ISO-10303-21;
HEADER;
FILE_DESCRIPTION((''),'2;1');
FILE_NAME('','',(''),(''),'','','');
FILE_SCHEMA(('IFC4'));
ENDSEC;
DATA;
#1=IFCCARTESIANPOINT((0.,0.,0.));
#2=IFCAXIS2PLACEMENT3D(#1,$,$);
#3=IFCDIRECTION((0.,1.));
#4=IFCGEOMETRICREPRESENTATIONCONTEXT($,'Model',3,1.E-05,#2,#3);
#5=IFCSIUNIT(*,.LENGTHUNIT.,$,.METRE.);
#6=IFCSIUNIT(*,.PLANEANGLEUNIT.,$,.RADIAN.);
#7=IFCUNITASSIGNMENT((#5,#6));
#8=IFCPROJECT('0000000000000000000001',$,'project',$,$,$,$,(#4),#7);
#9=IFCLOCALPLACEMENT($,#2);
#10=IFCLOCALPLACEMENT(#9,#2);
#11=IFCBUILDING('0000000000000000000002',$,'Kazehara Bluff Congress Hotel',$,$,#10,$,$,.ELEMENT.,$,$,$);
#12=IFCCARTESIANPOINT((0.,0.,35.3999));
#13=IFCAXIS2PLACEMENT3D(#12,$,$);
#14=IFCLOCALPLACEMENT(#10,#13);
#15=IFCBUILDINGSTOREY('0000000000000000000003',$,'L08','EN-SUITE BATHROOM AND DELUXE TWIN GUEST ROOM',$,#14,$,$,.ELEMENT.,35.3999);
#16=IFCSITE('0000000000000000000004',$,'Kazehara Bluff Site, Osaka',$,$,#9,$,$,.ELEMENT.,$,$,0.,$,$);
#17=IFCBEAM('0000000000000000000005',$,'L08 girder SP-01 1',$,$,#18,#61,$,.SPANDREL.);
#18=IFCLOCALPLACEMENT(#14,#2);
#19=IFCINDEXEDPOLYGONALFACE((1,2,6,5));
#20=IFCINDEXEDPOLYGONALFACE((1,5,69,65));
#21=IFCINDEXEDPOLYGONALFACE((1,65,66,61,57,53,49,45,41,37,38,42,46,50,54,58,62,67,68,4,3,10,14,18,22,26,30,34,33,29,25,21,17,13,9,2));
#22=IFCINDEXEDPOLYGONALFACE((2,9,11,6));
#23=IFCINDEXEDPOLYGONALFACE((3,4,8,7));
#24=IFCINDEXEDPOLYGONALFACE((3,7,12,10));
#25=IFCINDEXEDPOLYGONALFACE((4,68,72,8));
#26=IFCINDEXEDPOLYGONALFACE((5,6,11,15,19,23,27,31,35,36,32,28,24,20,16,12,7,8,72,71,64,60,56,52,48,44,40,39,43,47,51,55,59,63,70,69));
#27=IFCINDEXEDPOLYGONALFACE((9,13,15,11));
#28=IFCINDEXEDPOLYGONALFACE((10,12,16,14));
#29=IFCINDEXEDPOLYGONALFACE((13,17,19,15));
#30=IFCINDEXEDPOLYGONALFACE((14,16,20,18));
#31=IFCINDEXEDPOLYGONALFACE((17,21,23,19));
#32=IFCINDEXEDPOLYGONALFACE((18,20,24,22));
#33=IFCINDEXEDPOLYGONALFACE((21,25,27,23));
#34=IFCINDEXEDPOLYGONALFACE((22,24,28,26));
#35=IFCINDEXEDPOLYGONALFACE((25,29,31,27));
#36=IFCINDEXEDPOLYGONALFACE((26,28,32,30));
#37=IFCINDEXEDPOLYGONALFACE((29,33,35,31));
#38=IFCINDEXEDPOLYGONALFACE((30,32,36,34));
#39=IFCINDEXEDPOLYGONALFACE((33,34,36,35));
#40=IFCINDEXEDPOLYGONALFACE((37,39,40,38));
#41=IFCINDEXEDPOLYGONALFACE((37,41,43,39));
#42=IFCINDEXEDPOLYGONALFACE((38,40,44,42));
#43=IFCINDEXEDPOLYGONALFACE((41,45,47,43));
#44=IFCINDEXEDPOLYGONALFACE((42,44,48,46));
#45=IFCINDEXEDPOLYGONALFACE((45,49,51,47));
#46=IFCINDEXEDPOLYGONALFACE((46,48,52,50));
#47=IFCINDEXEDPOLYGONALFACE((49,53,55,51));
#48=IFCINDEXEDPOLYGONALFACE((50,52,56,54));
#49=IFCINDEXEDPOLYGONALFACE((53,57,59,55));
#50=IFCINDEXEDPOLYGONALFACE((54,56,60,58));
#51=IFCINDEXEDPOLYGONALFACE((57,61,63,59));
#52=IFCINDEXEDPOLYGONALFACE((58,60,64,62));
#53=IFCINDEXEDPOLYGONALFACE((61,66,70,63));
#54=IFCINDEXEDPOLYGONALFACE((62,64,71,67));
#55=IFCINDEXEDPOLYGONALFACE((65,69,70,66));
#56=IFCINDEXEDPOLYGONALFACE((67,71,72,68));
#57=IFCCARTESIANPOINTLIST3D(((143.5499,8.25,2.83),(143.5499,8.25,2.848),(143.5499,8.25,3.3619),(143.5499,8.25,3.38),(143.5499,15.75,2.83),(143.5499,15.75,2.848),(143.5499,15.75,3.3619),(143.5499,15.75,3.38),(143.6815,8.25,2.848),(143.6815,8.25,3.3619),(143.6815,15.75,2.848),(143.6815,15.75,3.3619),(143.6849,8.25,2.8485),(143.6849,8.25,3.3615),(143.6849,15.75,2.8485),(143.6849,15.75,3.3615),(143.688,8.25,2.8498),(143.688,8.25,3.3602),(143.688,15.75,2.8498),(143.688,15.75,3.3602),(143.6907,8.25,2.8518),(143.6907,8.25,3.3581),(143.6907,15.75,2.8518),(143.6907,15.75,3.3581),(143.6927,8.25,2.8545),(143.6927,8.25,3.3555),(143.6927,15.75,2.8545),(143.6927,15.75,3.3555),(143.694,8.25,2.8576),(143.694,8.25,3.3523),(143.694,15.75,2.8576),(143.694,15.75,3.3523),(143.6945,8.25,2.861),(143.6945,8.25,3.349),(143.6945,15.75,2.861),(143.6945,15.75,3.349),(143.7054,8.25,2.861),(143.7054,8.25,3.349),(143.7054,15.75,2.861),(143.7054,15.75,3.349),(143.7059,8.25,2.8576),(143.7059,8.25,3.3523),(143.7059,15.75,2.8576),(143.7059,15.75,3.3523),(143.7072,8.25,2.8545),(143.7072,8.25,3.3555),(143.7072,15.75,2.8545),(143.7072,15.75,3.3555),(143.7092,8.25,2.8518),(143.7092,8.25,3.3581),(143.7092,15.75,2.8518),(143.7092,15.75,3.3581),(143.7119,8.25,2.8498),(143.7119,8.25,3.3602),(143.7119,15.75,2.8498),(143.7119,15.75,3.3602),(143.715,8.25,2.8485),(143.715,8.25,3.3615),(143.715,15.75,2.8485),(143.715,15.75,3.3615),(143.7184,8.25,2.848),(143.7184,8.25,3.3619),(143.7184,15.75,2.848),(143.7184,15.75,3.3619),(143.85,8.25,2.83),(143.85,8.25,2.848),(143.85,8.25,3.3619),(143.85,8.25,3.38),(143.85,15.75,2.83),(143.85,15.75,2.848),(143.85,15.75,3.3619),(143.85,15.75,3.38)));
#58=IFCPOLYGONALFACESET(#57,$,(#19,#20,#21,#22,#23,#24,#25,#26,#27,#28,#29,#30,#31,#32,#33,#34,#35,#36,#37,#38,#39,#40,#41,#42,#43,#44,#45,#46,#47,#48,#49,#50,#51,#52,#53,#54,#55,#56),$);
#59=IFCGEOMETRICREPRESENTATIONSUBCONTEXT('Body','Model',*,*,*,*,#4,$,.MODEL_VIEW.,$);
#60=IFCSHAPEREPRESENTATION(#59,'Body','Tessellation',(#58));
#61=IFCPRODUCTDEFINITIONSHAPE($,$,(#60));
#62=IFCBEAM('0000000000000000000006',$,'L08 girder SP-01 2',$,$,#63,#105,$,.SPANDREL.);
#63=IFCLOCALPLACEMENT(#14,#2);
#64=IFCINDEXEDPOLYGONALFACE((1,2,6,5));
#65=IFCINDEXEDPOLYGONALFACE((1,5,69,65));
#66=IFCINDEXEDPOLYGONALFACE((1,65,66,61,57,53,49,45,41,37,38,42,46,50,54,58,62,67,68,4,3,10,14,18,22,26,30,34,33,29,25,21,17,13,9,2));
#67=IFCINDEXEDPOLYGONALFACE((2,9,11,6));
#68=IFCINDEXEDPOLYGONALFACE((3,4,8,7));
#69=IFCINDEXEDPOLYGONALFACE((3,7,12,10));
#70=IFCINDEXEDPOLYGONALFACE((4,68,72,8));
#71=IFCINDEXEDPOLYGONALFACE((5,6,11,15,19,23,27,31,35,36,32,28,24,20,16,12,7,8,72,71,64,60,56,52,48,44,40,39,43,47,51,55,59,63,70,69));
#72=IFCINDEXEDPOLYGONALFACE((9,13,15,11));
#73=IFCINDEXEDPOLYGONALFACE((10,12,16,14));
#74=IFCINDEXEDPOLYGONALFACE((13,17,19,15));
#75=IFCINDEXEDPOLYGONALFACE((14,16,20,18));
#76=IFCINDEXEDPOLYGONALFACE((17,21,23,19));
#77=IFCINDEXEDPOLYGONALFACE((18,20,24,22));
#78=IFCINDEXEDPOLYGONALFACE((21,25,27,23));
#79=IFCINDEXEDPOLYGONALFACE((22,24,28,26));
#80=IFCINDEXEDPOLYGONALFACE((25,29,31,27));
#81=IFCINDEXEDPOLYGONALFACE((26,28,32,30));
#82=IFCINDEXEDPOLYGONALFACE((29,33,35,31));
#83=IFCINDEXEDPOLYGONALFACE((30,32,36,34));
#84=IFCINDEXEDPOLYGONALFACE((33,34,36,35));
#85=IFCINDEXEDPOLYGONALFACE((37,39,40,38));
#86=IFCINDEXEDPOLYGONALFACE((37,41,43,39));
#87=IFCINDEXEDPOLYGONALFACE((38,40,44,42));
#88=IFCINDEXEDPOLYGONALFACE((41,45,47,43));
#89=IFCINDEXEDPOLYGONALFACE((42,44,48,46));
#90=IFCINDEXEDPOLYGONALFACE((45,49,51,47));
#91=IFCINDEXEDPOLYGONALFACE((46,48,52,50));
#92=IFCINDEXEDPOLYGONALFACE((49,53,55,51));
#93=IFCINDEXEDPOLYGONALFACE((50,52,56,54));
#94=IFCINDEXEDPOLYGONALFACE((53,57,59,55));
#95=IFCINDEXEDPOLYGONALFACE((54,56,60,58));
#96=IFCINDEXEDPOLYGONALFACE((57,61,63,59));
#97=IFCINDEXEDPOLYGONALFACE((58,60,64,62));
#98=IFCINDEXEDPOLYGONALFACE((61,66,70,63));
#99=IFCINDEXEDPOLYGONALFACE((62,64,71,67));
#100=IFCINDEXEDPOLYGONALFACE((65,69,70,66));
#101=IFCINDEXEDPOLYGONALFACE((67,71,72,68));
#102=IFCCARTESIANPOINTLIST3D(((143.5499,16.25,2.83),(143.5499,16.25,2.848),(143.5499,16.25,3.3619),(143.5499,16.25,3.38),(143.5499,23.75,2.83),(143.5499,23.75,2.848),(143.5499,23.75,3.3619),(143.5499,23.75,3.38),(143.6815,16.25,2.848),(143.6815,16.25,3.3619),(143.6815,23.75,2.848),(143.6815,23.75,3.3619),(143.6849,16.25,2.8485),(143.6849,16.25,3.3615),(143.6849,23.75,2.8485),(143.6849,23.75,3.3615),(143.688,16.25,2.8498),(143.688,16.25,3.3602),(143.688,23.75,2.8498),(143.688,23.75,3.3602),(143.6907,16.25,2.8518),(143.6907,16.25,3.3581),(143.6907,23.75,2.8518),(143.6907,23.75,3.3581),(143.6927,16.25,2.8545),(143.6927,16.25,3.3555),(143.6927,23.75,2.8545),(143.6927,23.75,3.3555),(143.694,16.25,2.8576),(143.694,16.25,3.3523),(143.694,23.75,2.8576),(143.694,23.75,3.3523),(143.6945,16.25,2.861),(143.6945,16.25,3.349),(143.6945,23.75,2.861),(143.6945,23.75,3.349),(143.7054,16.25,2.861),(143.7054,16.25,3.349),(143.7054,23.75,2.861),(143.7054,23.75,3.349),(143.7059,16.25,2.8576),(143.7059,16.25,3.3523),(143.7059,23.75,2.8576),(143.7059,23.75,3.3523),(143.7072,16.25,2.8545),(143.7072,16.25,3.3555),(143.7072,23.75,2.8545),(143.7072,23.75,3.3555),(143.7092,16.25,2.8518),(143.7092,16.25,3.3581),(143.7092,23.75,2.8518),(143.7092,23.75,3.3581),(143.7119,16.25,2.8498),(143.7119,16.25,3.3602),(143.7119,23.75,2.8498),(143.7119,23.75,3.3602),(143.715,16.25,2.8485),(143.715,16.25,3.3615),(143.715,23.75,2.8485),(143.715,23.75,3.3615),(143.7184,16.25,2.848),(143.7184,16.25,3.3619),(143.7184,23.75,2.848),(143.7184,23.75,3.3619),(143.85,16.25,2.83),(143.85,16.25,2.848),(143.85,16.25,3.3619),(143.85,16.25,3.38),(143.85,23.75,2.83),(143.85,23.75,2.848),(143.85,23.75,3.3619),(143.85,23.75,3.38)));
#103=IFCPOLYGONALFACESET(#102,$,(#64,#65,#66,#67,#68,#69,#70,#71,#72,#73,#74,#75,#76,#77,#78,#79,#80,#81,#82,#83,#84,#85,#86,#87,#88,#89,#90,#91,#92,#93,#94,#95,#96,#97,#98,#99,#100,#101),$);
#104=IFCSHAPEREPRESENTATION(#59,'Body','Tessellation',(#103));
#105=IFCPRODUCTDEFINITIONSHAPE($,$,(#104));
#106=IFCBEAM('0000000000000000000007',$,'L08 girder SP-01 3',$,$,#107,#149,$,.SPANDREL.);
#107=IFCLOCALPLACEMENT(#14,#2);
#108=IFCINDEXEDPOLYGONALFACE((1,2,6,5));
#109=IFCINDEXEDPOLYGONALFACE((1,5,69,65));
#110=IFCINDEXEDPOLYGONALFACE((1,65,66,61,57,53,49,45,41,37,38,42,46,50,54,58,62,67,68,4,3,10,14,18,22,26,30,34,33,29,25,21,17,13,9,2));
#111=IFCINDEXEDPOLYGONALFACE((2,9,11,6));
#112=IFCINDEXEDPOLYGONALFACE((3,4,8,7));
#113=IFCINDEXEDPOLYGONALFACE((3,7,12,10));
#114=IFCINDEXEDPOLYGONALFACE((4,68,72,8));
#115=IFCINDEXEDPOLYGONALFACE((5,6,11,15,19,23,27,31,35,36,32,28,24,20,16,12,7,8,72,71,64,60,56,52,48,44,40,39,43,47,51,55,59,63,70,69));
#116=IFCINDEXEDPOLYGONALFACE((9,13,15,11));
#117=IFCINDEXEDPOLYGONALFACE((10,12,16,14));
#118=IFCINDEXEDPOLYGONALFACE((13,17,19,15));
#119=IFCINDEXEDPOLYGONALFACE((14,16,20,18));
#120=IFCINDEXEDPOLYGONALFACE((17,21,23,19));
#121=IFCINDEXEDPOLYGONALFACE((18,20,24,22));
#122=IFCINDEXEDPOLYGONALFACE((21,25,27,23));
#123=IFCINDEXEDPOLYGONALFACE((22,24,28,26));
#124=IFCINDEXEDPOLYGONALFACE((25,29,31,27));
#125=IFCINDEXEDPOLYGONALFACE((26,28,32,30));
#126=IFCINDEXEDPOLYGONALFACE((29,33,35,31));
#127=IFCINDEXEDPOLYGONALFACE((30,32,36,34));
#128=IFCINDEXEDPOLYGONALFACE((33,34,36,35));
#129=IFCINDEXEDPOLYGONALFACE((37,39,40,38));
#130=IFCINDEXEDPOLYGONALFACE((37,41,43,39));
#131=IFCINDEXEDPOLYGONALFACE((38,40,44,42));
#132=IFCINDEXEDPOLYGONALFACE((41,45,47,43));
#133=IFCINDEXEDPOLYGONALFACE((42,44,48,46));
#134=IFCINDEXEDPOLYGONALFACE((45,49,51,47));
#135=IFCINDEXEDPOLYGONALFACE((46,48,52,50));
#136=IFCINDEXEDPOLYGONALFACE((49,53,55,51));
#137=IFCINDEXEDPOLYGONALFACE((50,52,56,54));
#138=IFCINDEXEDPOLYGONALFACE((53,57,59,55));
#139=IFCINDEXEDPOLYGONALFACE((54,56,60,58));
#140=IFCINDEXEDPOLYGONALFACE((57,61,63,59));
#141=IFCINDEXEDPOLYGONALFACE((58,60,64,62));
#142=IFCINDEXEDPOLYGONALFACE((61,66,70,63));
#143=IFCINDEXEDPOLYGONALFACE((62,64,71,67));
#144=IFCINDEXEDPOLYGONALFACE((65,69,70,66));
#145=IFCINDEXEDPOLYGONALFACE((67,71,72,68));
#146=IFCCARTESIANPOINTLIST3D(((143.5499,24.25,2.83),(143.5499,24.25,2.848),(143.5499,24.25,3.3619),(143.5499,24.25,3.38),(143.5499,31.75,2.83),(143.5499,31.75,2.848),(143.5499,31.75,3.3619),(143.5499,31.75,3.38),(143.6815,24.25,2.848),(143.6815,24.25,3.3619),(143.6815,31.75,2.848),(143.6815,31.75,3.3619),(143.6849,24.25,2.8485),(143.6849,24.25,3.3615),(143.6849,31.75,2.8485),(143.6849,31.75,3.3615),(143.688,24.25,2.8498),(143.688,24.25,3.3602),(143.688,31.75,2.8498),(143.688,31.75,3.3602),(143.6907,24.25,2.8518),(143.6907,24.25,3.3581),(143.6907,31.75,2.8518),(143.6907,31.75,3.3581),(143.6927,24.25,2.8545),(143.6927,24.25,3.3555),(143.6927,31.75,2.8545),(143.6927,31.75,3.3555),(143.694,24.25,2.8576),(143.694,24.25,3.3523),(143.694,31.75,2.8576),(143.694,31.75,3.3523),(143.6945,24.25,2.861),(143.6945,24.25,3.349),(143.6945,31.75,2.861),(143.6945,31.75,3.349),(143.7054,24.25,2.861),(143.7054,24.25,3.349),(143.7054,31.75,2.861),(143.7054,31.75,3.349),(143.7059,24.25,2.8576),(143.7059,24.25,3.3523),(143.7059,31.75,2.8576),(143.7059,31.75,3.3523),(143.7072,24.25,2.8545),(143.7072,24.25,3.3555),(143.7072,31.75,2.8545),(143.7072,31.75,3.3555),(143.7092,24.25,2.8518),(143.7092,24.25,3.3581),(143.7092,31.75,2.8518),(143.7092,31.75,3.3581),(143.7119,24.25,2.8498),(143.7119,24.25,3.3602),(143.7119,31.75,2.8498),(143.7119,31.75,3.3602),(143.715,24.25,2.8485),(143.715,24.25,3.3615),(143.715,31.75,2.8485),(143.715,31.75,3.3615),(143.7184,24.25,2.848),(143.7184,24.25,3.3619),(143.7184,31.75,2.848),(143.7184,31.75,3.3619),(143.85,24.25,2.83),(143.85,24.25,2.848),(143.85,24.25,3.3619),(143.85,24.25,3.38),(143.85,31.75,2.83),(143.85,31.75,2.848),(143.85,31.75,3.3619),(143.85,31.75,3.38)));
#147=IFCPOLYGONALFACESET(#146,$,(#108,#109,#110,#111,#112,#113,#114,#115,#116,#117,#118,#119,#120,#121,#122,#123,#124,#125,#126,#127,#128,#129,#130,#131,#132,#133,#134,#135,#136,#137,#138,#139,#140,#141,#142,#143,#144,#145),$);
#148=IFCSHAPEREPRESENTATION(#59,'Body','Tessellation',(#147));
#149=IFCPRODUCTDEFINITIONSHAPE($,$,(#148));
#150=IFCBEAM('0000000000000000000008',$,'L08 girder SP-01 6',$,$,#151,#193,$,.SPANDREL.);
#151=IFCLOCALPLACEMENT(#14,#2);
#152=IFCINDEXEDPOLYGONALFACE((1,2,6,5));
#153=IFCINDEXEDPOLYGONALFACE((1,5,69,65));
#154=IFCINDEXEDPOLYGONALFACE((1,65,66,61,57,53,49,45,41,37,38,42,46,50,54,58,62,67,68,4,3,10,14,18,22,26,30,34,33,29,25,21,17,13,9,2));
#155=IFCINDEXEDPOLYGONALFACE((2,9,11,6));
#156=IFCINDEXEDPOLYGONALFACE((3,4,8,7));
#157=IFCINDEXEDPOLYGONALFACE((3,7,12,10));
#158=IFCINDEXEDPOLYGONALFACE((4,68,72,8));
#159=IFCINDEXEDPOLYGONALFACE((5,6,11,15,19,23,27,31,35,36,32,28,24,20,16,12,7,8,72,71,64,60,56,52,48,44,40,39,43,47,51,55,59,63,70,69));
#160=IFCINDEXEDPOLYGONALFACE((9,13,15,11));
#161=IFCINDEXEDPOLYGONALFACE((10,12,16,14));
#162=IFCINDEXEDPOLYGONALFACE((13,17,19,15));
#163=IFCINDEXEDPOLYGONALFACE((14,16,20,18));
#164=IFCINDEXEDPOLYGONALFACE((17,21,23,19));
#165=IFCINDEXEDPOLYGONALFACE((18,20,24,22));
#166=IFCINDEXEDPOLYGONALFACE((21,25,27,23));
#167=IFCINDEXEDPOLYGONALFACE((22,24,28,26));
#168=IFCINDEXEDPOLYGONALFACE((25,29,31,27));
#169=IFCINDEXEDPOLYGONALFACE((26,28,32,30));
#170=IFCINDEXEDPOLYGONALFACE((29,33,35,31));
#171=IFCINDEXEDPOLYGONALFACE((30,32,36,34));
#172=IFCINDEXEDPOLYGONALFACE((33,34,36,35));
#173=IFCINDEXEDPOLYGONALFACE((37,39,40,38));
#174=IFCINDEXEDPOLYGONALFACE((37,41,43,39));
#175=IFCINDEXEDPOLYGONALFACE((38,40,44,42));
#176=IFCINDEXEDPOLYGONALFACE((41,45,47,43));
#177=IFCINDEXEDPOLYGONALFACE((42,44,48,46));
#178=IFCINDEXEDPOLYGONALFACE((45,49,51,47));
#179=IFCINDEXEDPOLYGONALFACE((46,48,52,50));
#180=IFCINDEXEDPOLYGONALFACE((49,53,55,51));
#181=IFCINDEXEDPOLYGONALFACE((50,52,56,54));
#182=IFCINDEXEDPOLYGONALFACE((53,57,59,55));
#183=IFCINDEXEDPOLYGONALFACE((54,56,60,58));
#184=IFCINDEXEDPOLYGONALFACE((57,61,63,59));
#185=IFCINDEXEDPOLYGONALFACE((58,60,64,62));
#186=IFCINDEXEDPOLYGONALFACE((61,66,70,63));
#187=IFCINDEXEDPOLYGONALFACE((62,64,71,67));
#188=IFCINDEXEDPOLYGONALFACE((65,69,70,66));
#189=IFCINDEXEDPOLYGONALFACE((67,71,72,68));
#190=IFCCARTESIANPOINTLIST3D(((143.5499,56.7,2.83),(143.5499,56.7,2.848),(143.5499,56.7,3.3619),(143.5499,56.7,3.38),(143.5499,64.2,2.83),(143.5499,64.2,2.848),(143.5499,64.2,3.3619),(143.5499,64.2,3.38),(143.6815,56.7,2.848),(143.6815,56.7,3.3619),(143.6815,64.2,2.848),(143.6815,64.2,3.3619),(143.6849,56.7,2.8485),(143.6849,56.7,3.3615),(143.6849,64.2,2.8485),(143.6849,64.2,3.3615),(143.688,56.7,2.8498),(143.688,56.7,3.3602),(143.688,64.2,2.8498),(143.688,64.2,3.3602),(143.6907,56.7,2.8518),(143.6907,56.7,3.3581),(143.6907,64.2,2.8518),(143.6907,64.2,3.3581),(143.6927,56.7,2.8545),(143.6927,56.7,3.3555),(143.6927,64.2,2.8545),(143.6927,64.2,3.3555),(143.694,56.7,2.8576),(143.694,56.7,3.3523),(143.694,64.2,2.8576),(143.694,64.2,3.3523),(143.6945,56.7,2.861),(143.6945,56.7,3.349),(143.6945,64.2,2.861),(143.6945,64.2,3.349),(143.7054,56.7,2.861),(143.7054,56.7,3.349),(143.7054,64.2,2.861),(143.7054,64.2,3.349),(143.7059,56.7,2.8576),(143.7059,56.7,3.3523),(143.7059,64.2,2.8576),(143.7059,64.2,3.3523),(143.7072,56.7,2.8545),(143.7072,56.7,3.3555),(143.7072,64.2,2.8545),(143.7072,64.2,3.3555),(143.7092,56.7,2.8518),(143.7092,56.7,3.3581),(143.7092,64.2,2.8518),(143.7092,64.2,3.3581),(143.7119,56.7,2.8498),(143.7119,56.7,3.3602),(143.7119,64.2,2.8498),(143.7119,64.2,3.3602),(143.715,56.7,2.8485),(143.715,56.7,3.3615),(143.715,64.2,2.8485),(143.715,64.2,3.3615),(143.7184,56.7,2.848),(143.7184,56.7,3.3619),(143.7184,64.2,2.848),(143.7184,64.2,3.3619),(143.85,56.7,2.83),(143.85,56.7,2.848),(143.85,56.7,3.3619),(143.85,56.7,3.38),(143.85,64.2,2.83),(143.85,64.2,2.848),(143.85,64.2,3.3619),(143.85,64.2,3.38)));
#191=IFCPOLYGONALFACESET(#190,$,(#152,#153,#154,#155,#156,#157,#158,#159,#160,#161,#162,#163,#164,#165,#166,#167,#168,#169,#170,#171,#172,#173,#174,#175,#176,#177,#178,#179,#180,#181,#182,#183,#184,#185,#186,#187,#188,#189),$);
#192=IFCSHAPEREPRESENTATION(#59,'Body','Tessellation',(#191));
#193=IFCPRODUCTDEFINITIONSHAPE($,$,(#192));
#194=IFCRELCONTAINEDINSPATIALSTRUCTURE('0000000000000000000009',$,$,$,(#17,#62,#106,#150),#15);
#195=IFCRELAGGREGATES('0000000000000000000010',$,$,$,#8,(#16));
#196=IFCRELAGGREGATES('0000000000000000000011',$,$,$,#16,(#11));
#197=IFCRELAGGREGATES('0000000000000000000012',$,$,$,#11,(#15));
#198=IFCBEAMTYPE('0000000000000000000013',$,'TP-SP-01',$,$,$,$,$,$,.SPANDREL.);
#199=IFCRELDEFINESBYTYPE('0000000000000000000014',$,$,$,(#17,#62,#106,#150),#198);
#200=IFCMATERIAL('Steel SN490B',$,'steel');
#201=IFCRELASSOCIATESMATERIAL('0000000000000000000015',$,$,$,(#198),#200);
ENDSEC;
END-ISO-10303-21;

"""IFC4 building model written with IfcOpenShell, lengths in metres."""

from ifc_helpers import new_model, si_unit, direction, frame, origin, origin_2d, place, context, subcontext, project, spatial, i_section, extrude, material, material_profile, profile_set, type_object, element, save


model = new_model("IFC4")

# Units and contexts
model_context = context("Model", 3, precision=1e-05, world=origin(), true_north=direction((0.0, 1.0)))
body_context = subcontext(model_context, "Body", "Model", "MODEL_VIEW")
ifc_project = project(units=[si_unit("LENGTHUNIT", "METRE"), si_unit("PLANEANGLEUNIT", "RADIAN")], contexts=[model_context])

# Site, building, storey
site_placement = place(None, origin())
site = spatial("IfcSite", under=ifc_project, at=site_placement, Name="Kazehara Bluff Site, Osaka", CompositionType="ELEMENT", RefElevation=0.0)
building_placement = place(site_placement, origin())
building = spatial("IfcBuilding", under=site, at=building_placement, Name="Kazehara Bluff Congress Hotel", CompositionType="ELEMENT")
storey_placement = place(building_placement, frame((0.0, 0.0, 35.3999)))
storey = spatial("IfcBuildingStorey", under=building, at=storey_placement, Name="L08", Description="EN-SUITE BATHROOM AND DELUXE TWIN GUEST ROOM", CompositionType="ELEMENT", Elevation=35.3999)

# Beams
ifc_material_1 = material(Name="Steel SN490B", Category="steel")
ifc_material_profile_1 = material_profile(ifc_material_1, i_section(OverallWidth=0.3, OverallDepth=0.55, WebThickness=0.011, FlangeThickness=0.0181, FilletRadius=0.0129, at=origin_2d()))
ifc_profile_set_1 = profile_set([ifc_material_profile_1], Name="Steel SN490B")
beam_type_1 = type_object("IfcBeamType", Name="TP-SP-01", PredefinedType="SPANDREL", material=ifc_profile_set_1)
for number, where, z_axis, x_axis, name in (
    (1, (143.7, 8.25, 3.105), (0.0, 1.0, 0.0), (-1.0, 0.0, 0.0), "L08 girder SP-01 1"),
    (2, (143.7, 16.25, 3.105), (0.0, 1.0, 0.0), (-1.0, 0.0, 0.0), "L08 girder SP-01 2"),
    (3, (143.7, 24.25, 3.105), (0.0, 1.0, 0.0), (-1.0, 0.0, 0.0), "L08 girder SP-01 3"),
    (4, (143.7, 56.7, 3.105), (0.0, 1.0, 0.0), (-1.0, 0.0, 0.0), "L08 girder SP-01 6"),
):
    element("IfcBeam", number, at=place(storey_placement, frame(where, z_axis=z_axis, x_axis=x_axis)), inside=storey, type_object=beam_type_1, Name=name, PredefinedType="SPANDREL", context=body_context, shape_type="SweptSolid", body=[
        extrude(i_section(OverallWidth=0.3, OverallDepth=0.55, WebThickness=0.011, FlangeThickness=0.0181, FilletRadius=0.0129, at=origin_2d()), origin(), (0.0, 0.0, 1.0), 7.5),
    ])

save(model, "model.ifc")
